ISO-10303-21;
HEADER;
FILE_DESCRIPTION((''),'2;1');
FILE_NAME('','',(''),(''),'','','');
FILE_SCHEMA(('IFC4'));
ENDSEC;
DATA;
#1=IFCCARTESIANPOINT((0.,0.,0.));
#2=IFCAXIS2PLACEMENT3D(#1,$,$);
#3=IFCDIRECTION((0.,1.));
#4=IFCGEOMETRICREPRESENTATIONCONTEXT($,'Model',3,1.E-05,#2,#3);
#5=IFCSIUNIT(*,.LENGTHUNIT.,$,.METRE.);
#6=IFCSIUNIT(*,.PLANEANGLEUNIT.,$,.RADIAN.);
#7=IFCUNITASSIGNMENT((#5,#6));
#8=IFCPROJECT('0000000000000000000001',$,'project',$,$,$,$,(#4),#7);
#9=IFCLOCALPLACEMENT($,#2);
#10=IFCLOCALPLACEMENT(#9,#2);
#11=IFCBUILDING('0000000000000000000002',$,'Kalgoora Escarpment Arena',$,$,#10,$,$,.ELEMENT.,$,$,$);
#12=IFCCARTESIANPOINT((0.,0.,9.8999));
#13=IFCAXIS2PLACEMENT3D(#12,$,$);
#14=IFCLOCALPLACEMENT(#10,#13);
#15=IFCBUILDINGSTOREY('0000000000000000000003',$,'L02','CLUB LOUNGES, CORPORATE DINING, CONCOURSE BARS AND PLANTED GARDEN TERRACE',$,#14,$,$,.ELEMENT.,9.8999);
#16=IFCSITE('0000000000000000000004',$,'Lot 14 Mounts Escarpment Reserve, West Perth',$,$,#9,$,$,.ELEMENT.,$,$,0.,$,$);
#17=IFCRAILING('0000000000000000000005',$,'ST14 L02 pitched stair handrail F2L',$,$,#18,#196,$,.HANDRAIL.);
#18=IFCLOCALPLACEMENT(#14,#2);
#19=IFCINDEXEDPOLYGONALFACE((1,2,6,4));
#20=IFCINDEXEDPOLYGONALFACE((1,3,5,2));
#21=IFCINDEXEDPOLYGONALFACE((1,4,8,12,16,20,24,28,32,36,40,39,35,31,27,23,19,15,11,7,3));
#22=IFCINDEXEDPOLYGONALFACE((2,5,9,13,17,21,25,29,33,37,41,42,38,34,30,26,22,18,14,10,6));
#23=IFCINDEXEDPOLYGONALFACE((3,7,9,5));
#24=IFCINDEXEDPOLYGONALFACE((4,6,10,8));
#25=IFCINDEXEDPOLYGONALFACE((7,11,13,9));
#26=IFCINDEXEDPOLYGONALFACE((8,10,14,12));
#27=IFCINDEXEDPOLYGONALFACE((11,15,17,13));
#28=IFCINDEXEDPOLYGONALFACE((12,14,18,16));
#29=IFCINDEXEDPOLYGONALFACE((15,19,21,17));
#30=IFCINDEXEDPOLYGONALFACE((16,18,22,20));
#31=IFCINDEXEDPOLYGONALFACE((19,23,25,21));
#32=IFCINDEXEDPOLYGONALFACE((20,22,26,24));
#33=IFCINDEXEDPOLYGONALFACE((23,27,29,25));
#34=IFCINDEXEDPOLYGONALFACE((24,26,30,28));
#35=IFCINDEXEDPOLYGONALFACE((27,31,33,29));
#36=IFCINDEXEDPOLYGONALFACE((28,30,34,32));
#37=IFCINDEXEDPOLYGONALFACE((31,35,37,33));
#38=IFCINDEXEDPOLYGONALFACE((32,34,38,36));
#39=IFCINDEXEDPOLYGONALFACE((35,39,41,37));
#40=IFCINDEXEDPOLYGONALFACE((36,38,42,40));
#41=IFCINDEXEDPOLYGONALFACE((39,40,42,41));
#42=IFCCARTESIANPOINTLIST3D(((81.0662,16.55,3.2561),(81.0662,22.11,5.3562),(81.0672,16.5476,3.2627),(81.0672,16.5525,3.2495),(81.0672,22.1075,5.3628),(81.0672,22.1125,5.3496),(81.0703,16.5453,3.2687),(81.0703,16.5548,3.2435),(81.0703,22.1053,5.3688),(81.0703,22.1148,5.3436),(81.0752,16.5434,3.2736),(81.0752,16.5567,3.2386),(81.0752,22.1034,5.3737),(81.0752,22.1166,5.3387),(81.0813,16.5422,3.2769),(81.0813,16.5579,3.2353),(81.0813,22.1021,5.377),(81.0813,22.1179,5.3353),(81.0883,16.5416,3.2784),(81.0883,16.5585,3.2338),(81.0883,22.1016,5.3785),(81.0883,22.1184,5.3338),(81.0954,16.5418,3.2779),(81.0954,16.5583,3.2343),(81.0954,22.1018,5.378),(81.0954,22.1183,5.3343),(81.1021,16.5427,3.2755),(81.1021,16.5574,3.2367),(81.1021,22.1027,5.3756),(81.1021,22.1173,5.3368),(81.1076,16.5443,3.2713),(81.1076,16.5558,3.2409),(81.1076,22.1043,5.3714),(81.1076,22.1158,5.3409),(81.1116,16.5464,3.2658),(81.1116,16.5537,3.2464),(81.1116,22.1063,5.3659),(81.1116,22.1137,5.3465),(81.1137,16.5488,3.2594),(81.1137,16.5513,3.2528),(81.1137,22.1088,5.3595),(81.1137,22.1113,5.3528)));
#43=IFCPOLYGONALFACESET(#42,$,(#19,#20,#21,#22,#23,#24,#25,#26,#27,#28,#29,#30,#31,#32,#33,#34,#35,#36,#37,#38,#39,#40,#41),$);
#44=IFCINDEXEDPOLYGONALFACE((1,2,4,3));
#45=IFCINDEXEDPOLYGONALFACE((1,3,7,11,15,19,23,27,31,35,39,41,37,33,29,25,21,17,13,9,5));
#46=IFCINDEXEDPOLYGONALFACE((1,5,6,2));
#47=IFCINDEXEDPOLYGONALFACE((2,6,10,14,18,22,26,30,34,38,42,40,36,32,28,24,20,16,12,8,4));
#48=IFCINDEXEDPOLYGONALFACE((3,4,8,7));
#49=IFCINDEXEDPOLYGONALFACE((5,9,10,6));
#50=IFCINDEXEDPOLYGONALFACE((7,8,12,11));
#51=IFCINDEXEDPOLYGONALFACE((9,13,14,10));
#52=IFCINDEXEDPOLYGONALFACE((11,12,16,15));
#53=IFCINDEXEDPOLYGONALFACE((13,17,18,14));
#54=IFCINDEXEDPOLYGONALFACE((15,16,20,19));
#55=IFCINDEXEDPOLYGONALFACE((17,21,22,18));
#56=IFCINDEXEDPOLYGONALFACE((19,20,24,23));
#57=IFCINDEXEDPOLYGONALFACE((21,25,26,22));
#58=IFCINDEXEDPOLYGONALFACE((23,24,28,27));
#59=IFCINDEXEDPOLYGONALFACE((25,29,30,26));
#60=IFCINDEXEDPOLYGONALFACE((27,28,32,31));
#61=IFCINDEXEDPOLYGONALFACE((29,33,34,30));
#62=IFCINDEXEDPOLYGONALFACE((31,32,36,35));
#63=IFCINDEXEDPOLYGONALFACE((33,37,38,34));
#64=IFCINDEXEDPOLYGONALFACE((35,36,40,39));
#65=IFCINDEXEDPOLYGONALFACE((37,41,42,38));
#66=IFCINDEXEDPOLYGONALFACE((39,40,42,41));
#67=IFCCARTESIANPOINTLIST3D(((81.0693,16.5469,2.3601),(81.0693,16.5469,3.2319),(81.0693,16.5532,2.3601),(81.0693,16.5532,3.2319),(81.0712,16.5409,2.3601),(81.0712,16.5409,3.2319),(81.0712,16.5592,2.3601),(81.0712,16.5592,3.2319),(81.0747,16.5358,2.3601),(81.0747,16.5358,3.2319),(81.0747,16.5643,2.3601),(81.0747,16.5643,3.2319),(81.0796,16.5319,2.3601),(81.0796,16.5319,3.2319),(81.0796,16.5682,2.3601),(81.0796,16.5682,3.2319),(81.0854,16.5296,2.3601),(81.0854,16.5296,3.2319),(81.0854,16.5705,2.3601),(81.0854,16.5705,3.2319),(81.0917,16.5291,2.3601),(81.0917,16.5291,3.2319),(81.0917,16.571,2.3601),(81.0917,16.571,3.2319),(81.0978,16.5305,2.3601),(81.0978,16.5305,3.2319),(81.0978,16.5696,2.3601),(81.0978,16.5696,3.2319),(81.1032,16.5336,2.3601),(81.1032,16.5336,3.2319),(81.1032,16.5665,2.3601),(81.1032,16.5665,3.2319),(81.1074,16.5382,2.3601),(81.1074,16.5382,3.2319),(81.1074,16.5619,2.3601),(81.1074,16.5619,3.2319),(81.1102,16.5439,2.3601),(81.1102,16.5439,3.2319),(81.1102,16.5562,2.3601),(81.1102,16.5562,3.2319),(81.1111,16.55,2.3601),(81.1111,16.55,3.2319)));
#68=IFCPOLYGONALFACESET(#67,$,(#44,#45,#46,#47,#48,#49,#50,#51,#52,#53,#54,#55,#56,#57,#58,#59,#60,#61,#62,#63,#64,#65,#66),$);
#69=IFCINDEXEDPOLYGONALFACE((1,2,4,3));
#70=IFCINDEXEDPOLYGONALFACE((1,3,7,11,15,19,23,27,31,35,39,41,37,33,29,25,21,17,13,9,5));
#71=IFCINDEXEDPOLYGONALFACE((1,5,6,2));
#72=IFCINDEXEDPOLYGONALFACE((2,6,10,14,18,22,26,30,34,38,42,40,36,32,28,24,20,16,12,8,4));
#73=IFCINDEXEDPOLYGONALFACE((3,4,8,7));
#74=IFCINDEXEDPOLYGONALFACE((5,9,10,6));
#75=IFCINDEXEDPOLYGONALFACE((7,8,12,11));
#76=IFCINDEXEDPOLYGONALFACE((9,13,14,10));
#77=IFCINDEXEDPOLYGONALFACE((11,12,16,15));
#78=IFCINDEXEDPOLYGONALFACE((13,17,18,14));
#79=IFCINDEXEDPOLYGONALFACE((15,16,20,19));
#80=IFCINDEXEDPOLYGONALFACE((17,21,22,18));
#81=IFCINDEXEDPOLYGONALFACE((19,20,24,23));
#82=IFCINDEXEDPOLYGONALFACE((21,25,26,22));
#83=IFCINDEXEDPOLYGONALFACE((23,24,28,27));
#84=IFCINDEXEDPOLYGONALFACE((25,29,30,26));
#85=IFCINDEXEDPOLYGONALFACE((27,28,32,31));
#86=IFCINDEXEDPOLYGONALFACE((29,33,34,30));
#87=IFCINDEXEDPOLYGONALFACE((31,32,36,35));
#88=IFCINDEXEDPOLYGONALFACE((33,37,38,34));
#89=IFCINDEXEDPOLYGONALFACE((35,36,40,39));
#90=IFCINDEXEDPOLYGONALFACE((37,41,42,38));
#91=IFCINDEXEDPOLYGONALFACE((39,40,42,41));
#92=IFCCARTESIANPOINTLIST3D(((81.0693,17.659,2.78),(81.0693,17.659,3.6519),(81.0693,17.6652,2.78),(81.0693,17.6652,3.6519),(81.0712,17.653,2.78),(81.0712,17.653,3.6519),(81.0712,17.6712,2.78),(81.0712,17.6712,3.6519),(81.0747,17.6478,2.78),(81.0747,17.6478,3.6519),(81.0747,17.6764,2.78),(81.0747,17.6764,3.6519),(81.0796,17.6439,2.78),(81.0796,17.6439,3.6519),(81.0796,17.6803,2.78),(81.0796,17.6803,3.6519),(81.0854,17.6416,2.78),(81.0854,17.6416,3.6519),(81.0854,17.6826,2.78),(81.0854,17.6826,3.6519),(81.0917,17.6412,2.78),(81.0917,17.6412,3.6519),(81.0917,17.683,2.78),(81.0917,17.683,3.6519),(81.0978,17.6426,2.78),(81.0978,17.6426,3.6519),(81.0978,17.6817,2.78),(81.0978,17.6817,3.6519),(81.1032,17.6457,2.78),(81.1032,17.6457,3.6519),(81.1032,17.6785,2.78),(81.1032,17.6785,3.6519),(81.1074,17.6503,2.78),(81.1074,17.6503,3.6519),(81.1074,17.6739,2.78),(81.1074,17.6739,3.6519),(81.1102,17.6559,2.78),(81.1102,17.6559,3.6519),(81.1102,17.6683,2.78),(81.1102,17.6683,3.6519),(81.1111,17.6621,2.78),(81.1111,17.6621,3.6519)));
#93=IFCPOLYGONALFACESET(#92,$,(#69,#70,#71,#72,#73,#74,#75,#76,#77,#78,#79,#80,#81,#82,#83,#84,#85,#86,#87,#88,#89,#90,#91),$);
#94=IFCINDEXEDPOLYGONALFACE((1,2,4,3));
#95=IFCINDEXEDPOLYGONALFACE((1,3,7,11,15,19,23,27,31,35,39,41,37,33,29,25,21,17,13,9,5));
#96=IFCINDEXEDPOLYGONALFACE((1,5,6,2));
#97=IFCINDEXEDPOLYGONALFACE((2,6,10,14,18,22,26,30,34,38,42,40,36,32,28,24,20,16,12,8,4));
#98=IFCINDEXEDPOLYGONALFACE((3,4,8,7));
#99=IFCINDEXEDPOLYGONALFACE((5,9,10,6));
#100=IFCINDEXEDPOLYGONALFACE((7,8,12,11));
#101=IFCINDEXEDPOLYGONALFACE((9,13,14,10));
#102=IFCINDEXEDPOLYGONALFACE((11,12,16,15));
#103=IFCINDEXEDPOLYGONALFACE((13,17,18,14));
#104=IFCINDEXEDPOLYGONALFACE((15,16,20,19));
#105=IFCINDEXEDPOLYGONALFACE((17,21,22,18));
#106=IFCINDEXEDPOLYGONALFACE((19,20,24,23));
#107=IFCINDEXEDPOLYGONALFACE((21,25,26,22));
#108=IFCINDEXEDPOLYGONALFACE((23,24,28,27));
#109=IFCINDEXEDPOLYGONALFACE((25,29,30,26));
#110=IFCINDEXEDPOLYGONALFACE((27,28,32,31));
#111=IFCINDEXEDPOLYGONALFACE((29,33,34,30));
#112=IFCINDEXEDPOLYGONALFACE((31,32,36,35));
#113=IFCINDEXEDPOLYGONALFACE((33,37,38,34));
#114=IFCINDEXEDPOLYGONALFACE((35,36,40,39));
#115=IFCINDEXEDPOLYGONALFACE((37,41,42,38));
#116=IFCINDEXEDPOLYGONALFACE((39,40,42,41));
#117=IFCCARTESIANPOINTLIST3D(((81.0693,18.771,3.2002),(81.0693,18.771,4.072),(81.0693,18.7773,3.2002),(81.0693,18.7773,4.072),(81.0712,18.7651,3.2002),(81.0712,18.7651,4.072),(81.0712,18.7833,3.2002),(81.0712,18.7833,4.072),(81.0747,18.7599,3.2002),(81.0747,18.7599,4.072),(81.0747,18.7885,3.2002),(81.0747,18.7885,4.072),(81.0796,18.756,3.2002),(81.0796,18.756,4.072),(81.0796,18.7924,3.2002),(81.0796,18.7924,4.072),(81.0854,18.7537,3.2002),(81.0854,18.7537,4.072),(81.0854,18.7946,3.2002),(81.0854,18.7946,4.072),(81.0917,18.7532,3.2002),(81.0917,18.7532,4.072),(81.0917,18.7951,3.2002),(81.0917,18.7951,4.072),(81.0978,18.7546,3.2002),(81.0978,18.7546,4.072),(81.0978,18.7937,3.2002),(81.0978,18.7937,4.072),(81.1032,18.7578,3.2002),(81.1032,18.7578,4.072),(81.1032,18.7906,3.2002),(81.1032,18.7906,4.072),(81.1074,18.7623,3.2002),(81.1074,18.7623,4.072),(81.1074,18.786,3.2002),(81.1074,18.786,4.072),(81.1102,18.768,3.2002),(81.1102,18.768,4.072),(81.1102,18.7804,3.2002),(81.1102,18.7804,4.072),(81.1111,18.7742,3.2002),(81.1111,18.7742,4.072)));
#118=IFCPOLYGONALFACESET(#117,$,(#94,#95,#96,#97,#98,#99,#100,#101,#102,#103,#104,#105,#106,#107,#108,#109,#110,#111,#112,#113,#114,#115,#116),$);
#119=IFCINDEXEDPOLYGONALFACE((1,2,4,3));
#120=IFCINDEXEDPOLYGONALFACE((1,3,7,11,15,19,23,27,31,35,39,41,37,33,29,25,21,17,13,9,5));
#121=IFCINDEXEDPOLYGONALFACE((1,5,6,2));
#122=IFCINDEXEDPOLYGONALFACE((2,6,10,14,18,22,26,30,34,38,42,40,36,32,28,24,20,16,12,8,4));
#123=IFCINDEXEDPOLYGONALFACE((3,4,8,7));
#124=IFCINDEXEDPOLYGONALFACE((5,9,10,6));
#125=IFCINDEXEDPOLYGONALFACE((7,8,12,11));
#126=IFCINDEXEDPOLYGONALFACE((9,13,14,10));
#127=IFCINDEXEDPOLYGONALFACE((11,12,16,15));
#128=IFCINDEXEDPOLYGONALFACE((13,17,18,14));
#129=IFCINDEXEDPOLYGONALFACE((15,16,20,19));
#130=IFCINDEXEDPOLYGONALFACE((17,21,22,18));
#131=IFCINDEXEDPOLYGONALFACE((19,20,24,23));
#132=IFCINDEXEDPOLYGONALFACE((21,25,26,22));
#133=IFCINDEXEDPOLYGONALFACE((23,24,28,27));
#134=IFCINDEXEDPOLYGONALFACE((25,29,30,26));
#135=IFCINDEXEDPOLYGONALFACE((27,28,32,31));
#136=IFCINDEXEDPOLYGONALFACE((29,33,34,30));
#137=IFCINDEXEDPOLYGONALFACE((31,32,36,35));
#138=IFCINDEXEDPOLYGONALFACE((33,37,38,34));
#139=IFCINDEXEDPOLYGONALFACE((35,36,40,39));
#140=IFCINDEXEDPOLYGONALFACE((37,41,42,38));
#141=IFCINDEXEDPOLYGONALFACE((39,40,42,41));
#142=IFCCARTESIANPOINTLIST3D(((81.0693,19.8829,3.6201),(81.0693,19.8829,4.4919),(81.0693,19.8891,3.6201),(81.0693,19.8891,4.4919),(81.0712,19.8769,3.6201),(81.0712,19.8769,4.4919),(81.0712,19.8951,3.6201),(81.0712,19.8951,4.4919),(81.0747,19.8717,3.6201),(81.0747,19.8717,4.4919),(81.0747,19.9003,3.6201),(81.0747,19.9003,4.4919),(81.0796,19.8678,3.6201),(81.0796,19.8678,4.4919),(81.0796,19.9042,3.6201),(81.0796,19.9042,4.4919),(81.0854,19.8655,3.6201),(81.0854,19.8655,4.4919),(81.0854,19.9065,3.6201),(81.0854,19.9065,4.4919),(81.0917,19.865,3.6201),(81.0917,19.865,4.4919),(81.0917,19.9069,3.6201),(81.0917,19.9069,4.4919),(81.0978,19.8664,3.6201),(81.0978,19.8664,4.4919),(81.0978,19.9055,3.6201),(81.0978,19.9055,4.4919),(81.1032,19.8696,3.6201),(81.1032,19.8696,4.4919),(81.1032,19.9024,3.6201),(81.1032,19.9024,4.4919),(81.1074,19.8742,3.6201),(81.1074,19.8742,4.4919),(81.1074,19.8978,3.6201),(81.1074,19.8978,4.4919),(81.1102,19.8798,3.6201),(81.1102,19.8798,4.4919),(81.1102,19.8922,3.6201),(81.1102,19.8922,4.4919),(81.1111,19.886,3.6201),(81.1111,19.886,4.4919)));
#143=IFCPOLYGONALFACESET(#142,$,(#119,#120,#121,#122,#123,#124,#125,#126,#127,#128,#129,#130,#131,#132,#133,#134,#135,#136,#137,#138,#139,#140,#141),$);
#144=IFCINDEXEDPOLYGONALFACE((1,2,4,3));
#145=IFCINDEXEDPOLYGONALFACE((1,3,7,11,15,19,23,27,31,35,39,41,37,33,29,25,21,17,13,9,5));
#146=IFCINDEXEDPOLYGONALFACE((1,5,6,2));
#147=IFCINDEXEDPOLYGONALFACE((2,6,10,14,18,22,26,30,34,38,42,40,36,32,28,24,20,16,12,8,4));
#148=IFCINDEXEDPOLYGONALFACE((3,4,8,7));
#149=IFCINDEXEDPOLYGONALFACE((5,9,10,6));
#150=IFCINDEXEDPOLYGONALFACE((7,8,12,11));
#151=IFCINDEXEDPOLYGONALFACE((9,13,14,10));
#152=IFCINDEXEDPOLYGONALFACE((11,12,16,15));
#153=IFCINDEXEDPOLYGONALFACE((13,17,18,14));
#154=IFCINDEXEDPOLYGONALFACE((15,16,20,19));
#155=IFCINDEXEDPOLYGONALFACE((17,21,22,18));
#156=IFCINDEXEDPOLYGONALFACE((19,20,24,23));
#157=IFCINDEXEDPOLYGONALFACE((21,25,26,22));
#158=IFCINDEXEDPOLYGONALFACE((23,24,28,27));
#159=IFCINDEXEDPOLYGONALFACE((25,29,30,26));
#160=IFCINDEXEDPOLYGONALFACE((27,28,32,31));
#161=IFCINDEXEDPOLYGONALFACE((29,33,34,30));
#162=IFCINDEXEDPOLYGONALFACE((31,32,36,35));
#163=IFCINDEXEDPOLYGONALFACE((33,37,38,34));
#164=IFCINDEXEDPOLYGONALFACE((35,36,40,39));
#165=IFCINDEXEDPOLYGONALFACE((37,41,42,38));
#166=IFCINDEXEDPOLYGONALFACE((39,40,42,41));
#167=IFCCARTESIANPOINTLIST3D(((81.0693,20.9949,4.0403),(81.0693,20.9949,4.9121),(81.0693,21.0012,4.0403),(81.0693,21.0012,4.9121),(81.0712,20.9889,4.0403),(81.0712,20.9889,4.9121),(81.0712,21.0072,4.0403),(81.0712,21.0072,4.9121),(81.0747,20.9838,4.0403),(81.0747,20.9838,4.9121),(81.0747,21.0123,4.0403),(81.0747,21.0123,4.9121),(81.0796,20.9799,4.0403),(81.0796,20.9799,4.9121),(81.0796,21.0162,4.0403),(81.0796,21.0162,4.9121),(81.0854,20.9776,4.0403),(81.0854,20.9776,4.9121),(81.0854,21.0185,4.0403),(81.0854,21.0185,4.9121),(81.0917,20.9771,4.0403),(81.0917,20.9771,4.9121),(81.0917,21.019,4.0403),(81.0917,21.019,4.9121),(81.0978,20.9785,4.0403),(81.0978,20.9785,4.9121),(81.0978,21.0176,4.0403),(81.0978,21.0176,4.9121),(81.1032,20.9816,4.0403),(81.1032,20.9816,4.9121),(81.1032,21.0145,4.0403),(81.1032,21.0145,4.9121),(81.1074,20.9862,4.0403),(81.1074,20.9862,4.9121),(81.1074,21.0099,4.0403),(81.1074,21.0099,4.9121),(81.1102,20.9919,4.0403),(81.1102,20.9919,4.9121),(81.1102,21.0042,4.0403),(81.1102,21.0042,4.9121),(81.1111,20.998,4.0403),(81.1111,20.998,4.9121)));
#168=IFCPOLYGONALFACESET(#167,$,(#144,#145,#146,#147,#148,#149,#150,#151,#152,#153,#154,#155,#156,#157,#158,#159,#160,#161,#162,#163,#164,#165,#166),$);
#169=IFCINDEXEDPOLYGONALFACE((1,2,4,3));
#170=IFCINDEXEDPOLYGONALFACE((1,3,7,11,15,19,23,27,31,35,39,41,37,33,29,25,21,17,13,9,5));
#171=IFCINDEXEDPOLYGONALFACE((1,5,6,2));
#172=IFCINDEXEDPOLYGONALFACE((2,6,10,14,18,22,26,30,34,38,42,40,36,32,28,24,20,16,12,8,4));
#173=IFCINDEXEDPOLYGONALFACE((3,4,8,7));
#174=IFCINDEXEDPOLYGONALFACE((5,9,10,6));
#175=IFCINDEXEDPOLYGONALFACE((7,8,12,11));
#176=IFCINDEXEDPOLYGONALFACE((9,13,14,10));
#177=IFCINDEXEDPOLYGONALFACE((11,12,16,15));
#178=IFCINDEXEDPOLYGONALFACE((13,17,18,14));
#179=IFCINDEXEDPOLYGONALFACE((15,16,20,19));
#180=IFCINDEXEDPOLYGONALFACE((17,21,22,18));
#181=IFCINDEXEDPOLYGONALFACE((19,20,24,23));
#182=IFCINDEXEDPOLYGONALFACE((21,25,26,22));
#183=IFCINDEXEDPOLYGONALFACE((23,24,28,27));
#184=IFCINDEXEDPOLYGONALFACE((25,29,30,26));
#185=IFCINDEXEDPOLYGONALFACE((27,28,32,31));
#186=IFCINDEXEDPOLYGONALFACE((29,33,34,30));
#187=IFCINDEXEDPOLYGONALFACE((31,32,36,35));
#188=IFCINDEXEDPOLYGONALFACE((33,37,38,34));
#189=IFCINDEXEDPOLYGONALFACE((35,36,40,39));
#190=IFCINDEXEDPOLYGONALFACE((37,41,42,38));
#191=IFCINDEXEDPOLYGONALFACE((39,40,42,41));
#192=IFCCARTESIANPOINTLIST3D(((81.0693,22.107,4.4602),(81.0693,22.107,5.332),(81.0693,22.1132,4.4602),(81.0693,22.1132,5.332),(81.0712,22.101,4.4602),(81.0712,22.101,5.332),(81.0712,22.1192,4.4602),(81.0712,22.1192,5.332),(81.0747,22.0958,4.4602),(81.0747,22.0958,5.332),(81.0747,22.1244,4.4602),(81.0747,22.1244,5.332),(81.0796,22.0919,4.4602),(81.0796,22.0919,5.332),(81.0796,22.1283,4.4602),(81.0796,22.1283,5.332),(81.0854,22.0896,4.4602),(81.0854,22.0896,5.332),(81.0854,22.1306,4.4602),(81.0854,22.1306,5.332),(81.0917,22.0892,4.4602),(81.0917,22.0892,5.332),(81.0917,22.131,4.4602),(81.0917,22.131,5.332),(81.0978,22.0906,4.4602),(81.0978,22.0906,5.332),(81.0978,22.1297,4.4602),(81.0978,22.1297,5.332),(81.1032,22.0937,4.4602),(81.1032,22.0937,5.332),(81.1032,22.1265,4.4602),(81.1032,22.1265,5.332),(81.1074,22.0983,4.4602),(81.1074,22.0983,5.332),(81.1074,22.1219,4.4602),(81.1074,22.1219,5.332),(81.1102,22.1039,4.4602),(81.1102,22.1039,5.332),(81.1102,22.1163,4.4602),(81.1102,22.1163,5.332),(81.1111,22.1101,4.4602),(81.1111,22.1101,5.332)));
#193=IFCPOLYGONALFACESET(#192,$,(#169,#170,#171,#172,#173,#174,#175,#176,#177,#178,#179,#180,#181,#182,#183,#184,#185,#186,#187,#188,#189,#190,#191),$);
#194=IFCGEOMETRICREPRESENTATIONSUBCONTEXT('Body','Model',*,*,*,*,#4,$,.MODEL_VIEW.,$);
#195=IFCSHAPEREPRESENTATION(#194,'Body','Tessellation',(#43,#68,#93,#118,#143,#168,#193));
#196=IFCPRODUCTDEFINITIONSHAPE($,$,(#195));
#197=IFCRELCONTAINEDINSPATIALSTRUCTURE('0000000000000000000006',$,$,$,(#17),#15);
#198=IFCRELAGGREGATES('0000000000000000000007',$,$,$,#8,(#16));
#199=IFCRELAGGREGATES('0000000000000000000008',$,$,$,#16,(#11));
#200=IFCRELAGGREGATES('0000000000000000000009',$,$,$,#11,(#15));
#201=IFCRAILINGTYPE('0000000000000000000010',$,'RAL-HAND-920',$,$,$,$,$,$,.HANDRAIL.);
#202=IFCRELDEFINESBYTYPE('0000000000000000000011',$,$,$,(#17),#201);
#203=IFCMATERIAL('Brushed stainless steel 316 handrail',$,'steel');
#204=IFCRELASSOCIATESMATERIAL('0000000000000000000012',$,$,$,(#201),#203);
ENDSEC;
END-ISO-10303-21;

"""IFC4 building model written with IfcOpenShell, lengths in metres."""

from ifc_helpers import new_model, si_unit, direction, frame, origin, origin_2d, place, context, subcontext, project, spatial, circle, extrude, material, type_object, element, save


model = new_model("IFC4")

# Units and contexts
model_context = context("Model", 3, precision=1e-05, world=origin(), true_north=direction((0.0, 1.0)))
body_context = subcontext(model_context, "Body", "Model", "MODEL_VIEW")
ifc_project = project(units=[si_unit("LENGTHUNIT", "METRE"), si_unit("PLANEANGLEUNIT", "RADIAN")], contexts=[model_context])

# Site, building, storey
site_placement = place(None, origin())
site = spatial("IfcSite", under=ifc_project, at=site_placement, Name="Lot 14 Mounts Escarpment Reserve, West Perth", CompositionType="ELEMENT", RefElevation=0.0)
building_placement = place(site_placement, origin())
building = spatial("IfcBuilding", under=site, at=building_placement, Name="Kalgoora Escarpment Arena", CompositionType="ELEMENT")
storey_placement = place(building_placement, frame((0.0, 0.0, 9.8999)))
storey = spatial("IfcBuildingStorey", under=building, at=storey_placement, Name="L02", Description="CLUB LOUNGES, CORPORATE DINING, CONCOURSE BARS AND PLANTED GARDEN TERRACE", CompositionType="ELEMENT", Elevation=9.8999)

# Railing
ifc_material_1 = material(Name="Brushed stainless steel 316 handrail", Category="steel")
railing_type_1 = type_object("IfcRailingType", Name="RAL-HAND-920", PredefinedType="HANDRAIL", material=ifc_material_1)
for number, where, name in (
    (1, (81.0901, 16.55, 2.3601), "ST14 L02 pitched stair handrail F2L"),
):
    element("IfcRailing", number, at=place(storey_placement, frame(where)), inside=storey, type_object=railing_type_1, Name=name, PredefinedType="HANDRAIL", context=body_context, shape_type="SweptSolid", body=[
        extrude(circle(Radius=0.0239, at=origin_2d()), frame((0.0, 0.0, 0.896), z_axis=(0.0, 0.935493, 0.353346), x_axis=(-1.0, 0.0, 0.0)), (0.0, 0.0, 1.0), 5.9434),
        extrude(circle(Radius=0.021, at=origin_2d()), origin(), (0.0, 0.0, 1.0), 0.8718),
        extrude(circle(Radius=0.021, at=origin_2d()), frame((0.0, 1.1121, 0.4199)), (0.0, 0.0, 1.0), 0.8718),
        extrude(circle(Radius=0.021, at=origin_2d()), frame((0.0, 2.2241, 0.8401)), (0.0, 0.0, 1.0), 0.8718),
        extrude(circle(Radius=0.021, at=origin_2d()), frame((0.0, 3.3359, 1.26)), (0.0, 0.0, 1.0), 0.8718),
        extrude(circle(Radius=0.021, at=origin_2d()), frame((0.0, 4.448, 1.6802)), (0.0, 0.0, 1.0), 0.8718),
        extrude(circle(Radius=0.021, at=origin_2d()), frame((0.0, 5.5601, 2.1001)), (0.0, 0.0, 1.0), 0.8718),
    ])

save(model, "model.ifc")
